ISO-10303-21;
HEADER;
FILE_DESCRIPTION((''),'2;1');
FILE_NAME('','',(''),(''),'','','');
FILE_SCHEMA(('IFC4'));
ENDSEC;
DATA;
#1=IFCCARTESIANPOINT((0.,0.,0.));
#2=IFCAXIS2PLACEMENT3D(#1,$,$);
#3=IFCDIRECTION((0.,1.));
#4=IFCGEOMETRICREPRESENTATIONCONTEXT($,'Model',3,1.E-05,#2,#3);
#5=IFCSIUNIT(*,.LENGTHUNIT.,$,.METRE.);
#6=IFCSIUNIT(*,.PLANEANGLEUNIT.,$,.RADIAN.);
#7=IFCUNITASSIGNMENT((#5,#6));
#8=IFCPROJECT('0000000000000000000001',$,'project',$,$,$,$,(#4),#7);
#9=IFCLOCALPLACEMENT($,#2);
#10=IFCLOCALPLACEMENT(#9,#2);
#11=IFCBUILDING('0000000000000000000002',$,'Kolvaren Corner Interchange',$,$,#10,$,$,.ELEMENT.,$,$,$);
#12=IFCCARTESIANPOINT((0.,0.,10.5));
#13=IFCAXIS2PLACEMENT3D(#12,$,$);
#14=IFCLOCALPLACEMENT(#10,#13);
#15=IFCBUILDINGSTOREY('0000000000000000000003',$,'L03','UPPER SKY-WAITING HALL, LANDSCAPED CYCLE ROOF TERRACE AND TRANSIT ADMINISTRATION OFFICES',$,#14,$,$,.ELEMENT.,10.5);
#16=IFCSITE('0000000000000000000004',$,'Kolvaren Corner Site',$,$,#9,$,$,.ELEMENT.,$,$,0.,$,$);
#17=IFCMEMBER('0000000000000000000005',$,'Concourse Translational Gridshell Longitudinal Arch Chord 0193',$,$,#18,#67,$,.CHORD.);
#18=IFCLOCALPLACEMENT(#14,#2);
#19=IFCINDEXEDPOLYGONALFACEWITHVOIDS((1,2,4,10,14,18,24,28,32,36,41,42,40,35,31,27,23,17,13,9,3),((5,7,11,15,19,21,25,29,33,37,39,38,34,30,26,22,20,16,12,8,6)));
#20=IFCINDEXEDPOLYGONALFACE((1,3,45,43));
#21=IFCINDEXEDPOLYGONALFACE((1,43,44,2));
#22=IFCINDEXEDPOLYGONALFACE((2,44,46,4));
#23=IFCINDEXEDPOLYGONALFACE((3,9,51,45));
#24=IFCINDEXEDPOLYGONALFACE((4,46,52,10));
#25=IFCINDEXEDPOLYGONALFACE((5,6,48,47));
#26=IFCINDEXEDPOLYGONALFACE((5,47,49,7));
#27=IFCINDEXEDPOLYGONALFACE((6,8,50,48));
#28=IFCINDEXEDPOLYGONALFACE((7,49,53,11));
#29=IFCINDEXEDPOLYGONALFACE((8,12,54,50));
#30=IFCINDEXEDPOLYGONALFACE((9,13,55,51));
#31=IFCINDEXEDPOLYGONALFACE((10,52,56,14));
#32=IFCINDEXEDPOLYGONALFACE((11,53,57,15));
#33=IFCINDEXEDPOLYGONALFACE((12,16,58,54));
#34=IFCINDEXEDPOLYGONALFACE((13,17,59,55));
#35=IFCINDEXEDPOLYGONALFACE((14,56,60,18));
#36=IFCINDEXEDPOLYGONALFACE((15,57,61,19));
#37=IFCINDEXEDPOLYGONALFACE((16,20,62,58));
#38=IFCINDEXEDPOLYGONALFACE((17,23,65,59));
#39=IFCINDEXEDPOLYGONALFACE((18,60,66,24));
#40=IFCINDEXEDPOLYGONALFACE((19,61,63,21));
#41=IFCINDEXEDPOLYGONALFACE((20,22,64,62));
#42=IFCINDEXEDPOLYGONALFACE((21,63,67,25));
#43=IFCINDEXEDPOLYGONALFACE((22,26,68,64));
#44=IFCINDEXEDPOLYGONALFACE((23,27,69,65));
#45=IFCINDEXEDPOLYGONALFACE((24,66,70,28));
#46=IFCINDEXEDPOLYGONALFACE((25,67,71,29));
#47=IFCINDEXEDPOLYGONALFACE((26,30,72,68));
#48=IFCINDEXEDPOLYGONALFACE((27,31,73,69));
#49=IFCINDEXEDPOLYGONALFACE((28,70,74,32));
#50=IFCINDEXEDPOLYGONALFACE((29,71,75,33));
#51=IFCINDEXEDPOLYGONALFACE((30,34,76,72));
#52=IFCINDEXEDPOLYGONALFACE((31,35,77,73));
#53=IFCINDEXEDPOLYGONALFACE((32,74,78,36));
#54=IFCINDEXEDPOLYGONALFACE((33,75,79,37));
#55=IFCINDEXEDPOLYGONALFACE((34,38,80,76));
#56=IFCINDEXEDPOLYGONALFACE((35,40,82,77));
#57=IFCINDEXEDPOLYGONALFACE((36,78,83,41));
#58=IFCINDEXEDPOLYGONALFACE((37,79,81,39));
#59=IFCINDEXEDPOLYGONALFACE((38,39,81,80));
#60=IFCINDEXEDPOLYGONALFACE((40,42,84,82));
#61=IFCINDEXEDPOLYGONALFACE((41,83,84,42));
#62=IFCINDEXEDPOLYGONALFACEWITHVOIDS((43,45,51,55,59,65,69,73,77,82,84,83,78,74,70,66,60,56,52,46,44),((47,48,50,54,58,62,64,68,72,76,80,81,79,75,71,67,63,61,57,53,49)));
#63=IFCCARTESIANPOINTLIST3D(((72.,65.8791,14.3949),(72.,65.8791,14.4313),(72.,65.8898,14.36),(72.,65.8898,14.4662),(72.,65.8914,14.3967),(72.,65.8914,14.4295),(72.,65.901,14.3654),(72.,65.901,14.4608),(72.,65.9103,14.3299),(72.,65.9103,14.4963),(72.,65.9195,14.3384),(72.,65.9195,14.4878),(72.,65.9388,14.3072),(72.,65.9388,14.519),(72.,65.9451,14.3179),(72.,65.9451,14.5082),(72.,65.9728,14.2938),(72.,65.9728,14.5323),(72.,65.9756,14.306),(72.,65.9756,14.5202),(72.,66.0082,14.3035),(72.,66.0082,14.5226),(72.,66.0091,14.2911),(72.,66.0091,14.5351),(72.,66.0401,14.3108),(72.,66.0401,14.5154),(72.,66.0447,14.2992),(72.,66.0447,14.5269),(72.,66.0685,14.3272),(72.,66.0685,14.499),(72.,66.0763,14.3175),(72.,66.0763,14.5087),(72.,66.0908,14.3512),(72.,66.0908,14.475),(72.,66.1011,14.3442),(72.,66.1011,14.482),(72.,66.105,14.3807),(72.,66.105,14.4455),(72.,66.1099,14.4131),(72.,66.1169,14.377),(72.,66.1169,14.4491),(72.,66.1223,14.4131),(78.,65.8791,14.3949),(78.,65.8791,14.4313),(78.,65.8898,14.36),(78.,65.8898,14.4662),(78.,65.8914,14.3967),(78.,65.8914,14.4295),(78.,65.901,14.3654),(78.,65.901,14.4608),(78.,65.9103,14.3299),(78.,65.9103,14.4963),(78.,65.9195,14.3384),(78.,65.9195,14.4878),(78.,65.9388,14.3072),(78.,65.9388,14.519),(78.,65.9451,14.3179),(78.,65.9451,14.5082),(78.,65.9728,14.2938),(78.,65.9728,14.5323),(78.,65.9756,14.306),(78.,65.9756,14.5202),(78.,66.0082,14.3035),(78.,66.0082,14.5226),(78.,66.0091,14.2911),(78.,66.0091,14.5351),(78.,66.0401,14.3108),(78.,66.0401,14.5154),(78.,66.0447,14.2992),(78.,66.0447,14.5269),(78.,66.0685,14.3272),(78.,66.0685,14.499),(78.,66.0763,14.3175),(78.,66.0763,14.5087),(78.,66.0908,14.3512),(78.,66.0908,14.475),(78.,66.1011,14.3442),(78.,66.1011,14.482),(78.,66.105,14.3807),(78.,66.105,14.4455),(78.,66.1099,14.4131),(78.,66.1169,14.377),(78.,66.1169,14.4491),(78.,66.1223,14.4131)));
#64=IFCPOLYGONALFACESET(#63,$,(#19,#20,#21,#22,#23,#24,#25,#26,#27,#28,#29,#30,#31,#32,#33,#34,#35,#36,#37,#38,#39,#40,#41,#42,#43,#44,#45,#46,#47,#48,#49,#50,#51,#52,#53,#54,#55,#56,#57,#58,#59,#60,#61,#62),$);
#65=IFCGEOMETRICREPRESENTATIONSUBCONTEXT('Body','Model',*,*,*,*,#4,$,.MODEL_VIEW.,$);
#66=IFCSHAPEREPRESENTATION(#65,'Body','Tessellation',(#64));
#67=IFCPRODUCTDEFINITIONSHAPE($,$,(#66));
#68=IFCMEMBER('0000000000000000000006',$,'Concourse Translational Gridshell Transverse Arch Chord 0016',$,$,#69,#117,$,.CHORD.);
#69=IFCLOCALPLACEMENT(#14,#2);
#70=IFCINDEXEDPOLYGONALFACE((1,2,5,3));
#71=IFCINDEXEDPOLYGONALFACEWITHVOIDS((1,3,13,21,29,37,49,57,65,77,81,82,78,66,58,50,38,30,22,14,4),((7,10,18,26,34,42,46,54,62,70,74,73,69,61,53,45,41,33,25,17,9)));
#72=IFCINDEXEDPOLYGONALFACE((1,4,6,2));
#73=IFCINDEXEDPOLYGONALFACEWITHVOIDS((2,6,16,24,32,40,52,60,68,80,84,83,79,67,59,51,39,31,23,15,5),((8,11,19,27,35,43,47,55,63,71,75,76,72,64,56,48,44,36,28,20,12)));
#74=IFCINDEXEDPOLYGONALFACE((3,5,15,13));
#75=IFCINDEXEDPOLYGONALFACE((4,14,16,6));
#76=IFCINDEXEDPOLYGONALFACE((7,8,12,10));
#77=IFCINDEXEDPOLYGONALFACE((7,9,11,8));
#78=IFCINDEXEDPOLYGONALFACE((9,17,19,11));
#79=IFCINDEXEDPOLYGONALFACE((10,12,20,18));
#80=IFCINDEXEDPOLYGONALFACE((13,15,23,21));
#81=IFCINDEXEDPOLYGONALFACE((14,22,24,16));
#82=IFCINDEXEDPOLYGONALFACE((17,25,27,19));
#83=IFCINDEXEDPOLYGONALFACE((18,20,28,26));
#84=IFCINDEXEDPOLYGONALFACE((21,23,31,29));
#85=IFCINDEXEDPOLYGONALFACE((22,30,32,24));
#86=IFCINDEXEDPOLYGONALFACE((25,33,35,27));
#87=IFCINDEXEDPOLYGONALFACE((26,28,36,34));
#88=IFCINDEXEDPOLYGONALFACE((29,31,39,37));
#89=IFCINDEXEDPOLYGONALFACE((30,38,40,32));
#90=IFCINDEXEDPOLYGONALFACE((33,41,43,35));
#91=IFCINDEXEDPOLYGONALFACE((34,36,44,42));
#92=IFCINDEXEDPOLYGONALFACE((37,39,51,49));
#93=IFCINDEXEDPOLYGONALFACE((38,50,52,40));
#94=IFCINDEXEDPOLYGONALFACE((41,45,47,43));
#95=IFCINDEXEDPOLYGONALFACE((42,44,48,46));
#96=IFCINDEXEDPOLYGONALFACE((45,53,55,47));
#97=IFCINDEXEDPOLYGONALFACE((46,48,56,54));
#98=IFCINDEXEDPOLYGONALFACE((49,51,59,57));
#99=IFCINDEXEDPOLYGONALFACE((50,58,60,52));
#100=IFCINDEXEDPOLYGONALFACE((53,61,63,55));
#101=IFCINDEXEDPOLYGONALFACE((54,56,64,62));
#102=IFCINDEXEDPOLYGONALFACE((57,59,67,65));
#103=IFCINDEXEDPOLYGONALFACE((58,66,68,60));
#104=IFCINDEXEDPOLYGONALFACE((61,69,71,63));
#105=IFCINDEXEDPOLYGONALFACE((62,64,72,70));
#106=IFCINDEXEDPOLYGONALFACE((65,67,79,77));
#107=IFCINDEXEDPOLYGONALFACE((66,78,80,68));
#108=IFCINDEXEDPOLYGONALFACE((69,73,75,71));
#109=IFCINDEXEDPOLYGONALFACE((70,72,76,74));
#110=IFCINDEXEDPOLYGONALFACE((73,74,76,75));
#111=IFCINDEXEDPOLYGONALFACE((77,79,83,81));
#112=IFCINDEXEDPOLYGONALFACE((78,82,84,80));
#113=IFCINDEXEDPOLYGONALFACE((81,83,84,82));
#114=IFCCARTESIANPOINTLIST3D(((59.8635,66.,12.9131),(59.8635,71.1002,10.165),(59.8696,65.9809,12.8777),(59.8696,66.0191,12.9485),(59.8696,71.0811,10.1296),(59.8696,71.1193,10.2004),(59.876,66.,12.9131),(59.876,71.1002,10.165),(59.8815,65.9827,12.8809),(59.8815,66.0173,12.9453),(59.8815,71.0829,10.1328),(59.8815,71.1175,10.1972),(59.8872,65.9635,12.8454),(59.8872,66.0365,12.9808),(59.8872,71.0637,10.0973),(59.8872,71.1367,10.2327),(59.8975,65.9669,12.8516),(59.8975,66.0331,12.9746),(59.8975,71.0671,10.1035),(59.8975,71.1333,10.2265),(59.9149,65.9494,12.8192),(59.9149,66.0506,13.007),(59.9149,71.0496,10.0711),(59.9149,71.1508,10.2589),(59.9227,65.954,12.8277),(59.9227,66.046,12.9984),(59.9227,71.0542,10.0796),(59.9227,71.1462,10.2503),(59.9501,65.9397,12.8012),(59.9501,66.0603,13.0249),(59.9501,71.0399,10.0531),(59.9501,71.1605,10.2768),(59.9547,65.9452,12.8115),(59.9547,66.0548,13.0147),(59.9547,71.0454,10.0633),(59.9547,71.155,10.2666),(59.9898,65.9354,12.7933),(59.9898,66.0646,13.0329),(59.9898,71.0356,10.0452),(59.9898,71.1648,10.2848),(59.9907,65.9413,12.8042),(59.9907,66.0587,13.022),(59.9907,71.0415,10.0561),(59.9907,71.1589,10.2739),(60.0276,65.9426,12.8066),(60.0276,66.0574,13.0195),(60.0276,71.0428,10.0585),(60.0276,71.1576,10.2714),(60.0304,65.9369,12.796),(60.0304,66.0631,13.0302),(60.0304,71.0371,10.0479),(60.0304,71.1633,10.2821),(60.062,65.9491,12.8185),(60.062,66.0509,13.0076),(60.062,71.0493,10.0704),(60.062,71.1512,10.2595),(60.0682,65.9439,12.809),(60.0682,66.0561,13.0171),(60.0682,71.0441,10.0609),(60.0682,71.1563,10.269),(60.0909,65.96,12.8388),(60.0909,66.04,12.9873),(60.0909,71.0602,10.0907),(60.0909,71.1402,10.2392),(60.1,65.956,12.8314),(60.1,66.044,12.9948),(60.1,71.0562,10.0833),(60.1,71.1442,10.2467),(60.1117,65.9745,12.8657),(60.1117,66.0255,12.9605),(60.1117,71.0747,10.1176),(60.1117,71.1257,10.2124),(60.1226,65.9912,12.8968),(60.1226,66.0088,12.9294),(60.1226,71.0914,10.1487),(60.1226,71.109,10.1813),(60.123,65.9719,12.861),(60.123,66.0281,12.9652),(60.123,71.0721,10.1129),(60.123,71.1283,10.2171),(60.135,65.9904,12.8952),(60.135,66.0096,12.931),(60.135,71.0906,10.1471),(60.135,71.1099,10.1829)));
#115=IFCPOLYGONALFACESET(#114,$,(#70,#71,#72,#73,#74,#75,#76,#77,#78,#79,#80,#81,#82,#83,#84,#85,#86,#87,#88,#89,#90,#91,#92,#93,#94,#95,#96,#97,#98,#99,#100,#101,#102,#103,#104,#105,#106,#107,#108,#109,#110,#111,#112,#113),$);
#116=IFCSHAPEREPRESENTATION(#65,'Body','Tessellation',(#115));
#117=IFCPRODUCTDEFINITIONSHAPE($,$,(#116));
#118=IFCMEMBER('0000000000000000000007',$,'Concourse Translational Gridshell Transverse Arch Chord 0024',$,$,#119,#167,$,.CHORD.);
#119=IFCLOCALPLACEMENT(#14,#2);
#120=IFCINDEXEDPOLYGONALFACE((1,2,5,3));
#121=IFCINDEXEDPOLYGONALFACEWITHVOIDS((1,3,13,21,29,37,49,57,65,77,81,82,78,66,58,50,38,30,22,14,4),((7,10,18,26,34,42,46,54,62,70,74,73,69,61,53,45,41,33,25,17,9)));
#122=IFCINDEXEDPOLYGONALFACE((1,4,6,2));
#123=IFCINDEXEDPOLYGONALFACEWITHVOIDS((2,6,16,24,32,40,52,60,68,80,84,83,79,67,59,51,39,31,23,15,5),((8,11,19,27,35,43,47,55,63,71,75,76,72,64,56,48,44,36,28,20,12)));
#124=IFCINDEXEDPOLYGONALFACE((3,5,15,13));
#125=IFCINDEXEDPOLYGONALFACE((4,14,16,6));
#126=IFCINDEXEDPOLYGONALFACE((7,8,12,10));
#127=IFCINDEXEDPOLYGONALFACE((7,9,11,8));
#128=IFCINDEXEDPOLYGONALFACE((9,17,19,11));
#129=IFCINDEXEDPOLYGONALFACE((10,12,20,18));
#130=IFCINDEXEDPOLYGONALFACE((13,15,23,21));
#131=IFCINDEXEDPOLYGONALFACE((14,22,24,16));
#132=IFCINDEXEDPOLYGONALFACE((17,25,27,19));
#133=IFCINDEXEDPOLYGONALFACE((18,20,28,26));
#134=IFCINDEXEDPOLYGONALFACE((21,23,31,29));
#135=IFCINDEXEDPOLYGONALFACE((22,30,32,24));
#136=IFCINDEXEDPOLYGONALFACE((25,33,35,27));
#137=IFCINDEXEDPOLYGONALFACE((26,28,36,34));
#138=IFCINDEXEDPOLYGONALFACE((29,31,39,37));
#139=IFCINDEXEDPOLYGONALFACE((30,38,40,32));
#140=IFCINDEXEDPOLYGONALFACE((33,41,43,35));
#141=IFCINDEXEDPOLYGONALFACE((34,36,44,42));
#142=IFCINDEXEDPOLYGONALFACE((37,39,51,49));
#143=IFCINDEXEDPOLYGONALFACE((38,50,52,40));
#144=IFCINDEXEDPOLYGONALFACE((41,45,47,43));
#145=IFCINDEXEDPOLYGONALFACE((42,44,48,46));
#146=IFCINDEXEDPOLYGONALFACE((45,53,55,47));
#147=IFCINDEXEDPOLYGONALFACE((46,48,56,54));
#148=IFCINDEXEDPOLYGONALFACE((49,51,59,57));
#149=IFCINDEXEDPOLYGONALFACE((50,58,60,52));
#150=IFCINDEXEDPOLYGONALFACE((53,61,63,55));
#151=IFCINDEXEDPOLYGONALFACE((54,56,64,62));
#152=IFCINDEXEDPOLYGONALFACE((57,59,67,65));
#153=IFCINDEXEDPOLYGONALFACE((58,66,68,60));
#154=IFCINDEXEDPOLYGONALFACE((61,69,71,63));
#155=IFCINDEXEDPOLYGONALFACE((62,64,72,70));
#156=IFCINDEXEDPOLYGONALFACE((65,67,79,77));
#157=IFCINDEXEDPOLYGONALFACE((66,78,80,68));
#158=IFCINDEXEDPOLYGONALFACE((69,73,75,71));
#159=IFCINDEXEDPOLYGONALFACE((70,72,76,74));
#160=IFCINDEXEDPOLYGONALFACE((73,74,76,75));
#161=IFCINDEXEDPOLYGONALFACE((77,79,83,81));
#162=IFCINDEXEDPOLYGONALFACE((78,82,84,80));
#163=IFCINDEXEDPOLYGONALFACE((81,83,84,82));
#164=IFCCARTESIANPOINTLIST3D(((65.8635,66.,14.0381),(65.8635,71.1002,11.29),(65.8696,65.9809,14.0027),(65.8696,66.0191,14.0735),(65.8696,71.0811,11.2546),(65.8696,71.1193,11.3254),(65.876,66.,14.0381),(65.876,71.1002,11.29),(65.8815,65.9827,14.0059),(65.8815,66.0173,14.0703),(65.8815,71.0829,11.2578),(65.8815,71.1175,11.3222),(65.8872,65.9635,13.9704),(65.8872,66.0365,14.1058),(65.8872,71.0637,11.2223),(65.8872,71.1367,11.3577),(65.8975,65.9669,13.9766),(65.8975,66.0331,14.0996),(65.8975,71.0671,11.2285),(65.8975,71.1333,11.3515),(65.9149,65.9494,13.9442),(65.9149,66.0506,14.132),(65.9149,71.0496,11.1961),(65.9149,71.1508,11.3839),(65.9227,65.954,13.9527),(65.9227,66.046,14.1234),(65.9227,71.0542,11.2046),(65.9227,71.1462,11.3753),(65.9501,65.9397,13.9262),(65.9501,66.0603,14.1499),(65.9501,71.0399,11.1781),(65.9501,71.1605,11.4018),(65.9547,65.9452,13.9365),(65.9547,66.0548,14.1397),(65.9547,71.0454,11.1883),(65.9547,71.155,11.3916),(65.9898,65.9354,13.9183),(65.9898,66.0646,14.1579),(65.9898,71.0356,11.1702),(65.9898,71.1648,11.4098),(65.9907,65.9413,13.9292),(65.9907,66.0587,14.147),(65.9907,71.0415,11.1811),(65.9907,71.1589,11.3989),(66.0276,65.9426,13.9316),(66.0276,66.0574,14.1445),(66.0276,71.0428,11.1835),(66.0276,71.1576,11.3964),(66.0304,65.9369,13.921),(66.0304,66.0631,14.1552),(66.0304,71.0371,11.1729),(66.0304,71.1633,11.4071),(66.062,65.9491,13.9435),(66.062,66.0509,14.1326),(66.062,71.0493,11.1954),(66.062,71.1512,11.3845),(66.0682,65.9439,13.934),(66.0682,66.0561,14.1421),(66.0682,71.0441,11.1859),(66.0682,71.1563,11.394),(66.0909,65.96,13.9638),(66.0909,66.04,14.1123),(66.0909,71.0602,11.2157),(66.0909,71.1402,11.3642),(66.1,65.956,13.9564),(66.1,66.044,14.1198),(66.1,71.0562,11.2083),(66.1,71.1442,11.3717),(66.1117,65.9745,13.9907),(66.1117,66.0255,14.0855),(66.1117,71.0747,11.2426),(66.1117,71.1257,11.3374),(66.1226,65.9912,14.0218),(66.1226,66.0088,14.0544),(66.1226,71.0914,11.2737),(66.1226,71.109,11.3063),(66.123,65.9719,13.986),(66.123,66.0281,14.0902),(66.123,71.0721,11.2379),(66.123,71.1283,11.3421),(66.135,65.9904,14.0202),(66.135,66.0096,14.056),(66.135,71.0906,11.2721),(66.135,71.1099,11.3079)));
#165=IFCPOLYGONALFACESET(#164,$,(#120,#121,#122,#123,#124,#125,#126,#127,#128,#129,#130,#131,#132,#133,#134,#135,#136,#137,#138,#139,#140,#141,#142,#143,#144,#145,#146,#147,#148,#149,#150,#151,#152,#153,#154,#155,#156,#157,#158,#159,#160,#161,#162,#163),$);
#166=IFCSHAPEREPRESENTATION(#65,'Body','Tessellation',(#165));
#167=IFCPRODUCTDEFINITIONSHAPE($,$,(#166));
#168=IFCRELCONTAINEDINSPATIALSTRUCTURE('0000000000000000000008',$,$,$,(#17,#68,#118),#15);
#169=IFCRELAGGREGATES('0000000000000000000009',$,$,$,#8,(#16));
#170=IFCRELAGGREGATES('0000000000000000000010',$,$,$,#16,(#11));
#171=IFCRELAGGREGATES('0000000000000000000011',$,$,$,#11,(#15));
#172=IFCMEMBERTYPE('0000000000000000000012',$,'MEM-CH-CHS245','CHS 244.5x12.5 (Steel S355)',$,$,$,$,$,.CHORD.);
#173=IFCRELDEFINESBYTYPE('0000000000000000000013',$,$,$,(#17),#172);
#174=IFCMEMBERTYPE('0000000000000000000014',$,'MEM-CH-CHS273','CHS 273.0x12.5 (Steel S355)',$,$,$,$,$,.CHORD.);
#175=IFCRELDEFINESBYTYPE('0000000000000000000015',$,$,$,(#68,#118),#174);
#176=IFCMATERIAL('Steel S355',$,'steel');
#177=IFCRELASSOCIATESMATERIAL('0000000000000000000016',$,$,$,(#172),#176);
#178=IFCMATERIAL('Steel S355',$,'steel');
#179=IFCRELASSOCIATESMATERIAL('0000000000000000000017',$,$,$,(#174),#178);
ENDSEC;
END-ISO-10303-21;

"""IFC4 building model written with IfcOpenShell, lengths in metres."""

from ifc_helpers import new_model, si_unit, direction, frame, origin, origin_2d, place, context, subcontext, project, spatial, hollow_circle, extrude, material, material_profile, profile_set, type_object, element, save


model = new_model("IFC4")

# Units and contexts
model_context = context("Model", 3, precision=1e-05, world=origin(), true_north=direction((0.0, 1.0)))
body_context = subcontext(model_context, "Body", "Model", "MODEL_VIEW")
ifc_project = project(units=[si_unit("LENGTHUNIT", "METRE"), si_unit("PLANEANGLEUNIT", "RADIAN")], contexts=[model_context])

# Site, building, storey
site_placement = place(None, origin())
site = spatial("IfcSite", under=ifc_project, at=site_placement, Name="Kolvaren Corner Site", CompositionType="ELEMENT", RefElevation=0.0)
building_placement = place(site_placement, origin())
building = spatial("IfcBuilding", under=site, at=building_placement, Name="Kolvaren Corner Interchange", CompositionType="ELEMENT")
storey_placement = place(building_placement, frame((0.0, 0.0, 10.5)))
storey = spatial("IfcBuildingStorey", under=building, at=storey_placement, Name="L03", Description="UPPER SKY-WAITING HALL, LANDSCAPED CYCLE ROOF TERRACE AND TRANSIT ADMINISTRATION OFFICES", CompositionType="ELEMENT", Elevation=10.5)

# Members
ifc_material_1 = material(Name="Steel S355", Category="steel")
ifc_material_profile_1 = material_profile(ifc_material_1, hollow_circle(Radius=0.1223, WallThickness=0.0125, at=origin_2d()), Name="CHS 244.5x12.5")
ifc_profile_set_1 = profile_set([ifc_material_profile_1], Name="Steel S355")
member_type_1 = type_object("IfcMemberType", Name="MEM-CH-CHS245", Description="CHS 244.5x12.5 (Steel S355)", PredefinedType="CHORD", material=ifc_profile_set_1)
member_1_placement = place(storey_placement, frame((72.0, 66.0, 14.4131), z_axis=(1.0, 0.0, 0.0), x_axis=(0.0, 1.0, 0.0)))
element("IfcMember", 1, at=member_1_placement, inside=storey, type_object=member_type_1, Name="Concourse Translational Gridshell Longitudinal Arch Chord 0193", PredefinedType="CHORD", context=body_context, shape_type="SweptSolid", body=[
    extrude(hollow_circle(Radius=0.1223, WallThickness=0.0125, at=origin_2d()), origin(), (0.0, 0.0, 1.0), 6.0),
])
ifc_material_2 = material(Name="Steel S355", Category="steel")
ifc_material_profile_2 = material_profile(ifc_material_2, hollow_circle(Radius=0.1365, WallThickness=0.0125, at=origin_2d()), Name="CHS 273.0x12.5")
ifc_profile_set_2 = profile_set([ifc_material_profile_2], Name="Steel S355")
member_type_2 = type_object("IfcMemberType", Name="MEM-CH-CHS273", Description="CHS 273.0x12.5 (Steel S355)", PredefinedType="CHORD", material=ifc_profile_set_2)
for number, where, z_axis, x_axis, name in (
    (2, (60.0, 66.0, 12.9131), (0.0, 0.880338, -0.474346), (-1.0, 0.0, 0.0), "Concourse Translational Gridshell Transverse Arch Chord 0016"),
    (3, (66.0, 66.0, 14.0381), (0.0, 0.880338, -0.474346), (-1.0, 0.0, 0.0), "Concourse Translational Gridshell Transverse Arch Chord 0024"),
):
    element("IfcMember", number, at=place(storey_placement, frame(where, z_axis=z_axis, x_axis=x_axis)), inside=storey, type_object=member_type_2, Name=name, PredefinedType="CHORD", context=body_context, shape_type="SweptSolid", body=[
        extrude(hollow_circle(Radius=0.1365, WallThickness=0.0125, at=origin_2d()), origin(), (0.0, 0.0, 1.0), 5.7935),
    ])

save(model, "model.ifc")
